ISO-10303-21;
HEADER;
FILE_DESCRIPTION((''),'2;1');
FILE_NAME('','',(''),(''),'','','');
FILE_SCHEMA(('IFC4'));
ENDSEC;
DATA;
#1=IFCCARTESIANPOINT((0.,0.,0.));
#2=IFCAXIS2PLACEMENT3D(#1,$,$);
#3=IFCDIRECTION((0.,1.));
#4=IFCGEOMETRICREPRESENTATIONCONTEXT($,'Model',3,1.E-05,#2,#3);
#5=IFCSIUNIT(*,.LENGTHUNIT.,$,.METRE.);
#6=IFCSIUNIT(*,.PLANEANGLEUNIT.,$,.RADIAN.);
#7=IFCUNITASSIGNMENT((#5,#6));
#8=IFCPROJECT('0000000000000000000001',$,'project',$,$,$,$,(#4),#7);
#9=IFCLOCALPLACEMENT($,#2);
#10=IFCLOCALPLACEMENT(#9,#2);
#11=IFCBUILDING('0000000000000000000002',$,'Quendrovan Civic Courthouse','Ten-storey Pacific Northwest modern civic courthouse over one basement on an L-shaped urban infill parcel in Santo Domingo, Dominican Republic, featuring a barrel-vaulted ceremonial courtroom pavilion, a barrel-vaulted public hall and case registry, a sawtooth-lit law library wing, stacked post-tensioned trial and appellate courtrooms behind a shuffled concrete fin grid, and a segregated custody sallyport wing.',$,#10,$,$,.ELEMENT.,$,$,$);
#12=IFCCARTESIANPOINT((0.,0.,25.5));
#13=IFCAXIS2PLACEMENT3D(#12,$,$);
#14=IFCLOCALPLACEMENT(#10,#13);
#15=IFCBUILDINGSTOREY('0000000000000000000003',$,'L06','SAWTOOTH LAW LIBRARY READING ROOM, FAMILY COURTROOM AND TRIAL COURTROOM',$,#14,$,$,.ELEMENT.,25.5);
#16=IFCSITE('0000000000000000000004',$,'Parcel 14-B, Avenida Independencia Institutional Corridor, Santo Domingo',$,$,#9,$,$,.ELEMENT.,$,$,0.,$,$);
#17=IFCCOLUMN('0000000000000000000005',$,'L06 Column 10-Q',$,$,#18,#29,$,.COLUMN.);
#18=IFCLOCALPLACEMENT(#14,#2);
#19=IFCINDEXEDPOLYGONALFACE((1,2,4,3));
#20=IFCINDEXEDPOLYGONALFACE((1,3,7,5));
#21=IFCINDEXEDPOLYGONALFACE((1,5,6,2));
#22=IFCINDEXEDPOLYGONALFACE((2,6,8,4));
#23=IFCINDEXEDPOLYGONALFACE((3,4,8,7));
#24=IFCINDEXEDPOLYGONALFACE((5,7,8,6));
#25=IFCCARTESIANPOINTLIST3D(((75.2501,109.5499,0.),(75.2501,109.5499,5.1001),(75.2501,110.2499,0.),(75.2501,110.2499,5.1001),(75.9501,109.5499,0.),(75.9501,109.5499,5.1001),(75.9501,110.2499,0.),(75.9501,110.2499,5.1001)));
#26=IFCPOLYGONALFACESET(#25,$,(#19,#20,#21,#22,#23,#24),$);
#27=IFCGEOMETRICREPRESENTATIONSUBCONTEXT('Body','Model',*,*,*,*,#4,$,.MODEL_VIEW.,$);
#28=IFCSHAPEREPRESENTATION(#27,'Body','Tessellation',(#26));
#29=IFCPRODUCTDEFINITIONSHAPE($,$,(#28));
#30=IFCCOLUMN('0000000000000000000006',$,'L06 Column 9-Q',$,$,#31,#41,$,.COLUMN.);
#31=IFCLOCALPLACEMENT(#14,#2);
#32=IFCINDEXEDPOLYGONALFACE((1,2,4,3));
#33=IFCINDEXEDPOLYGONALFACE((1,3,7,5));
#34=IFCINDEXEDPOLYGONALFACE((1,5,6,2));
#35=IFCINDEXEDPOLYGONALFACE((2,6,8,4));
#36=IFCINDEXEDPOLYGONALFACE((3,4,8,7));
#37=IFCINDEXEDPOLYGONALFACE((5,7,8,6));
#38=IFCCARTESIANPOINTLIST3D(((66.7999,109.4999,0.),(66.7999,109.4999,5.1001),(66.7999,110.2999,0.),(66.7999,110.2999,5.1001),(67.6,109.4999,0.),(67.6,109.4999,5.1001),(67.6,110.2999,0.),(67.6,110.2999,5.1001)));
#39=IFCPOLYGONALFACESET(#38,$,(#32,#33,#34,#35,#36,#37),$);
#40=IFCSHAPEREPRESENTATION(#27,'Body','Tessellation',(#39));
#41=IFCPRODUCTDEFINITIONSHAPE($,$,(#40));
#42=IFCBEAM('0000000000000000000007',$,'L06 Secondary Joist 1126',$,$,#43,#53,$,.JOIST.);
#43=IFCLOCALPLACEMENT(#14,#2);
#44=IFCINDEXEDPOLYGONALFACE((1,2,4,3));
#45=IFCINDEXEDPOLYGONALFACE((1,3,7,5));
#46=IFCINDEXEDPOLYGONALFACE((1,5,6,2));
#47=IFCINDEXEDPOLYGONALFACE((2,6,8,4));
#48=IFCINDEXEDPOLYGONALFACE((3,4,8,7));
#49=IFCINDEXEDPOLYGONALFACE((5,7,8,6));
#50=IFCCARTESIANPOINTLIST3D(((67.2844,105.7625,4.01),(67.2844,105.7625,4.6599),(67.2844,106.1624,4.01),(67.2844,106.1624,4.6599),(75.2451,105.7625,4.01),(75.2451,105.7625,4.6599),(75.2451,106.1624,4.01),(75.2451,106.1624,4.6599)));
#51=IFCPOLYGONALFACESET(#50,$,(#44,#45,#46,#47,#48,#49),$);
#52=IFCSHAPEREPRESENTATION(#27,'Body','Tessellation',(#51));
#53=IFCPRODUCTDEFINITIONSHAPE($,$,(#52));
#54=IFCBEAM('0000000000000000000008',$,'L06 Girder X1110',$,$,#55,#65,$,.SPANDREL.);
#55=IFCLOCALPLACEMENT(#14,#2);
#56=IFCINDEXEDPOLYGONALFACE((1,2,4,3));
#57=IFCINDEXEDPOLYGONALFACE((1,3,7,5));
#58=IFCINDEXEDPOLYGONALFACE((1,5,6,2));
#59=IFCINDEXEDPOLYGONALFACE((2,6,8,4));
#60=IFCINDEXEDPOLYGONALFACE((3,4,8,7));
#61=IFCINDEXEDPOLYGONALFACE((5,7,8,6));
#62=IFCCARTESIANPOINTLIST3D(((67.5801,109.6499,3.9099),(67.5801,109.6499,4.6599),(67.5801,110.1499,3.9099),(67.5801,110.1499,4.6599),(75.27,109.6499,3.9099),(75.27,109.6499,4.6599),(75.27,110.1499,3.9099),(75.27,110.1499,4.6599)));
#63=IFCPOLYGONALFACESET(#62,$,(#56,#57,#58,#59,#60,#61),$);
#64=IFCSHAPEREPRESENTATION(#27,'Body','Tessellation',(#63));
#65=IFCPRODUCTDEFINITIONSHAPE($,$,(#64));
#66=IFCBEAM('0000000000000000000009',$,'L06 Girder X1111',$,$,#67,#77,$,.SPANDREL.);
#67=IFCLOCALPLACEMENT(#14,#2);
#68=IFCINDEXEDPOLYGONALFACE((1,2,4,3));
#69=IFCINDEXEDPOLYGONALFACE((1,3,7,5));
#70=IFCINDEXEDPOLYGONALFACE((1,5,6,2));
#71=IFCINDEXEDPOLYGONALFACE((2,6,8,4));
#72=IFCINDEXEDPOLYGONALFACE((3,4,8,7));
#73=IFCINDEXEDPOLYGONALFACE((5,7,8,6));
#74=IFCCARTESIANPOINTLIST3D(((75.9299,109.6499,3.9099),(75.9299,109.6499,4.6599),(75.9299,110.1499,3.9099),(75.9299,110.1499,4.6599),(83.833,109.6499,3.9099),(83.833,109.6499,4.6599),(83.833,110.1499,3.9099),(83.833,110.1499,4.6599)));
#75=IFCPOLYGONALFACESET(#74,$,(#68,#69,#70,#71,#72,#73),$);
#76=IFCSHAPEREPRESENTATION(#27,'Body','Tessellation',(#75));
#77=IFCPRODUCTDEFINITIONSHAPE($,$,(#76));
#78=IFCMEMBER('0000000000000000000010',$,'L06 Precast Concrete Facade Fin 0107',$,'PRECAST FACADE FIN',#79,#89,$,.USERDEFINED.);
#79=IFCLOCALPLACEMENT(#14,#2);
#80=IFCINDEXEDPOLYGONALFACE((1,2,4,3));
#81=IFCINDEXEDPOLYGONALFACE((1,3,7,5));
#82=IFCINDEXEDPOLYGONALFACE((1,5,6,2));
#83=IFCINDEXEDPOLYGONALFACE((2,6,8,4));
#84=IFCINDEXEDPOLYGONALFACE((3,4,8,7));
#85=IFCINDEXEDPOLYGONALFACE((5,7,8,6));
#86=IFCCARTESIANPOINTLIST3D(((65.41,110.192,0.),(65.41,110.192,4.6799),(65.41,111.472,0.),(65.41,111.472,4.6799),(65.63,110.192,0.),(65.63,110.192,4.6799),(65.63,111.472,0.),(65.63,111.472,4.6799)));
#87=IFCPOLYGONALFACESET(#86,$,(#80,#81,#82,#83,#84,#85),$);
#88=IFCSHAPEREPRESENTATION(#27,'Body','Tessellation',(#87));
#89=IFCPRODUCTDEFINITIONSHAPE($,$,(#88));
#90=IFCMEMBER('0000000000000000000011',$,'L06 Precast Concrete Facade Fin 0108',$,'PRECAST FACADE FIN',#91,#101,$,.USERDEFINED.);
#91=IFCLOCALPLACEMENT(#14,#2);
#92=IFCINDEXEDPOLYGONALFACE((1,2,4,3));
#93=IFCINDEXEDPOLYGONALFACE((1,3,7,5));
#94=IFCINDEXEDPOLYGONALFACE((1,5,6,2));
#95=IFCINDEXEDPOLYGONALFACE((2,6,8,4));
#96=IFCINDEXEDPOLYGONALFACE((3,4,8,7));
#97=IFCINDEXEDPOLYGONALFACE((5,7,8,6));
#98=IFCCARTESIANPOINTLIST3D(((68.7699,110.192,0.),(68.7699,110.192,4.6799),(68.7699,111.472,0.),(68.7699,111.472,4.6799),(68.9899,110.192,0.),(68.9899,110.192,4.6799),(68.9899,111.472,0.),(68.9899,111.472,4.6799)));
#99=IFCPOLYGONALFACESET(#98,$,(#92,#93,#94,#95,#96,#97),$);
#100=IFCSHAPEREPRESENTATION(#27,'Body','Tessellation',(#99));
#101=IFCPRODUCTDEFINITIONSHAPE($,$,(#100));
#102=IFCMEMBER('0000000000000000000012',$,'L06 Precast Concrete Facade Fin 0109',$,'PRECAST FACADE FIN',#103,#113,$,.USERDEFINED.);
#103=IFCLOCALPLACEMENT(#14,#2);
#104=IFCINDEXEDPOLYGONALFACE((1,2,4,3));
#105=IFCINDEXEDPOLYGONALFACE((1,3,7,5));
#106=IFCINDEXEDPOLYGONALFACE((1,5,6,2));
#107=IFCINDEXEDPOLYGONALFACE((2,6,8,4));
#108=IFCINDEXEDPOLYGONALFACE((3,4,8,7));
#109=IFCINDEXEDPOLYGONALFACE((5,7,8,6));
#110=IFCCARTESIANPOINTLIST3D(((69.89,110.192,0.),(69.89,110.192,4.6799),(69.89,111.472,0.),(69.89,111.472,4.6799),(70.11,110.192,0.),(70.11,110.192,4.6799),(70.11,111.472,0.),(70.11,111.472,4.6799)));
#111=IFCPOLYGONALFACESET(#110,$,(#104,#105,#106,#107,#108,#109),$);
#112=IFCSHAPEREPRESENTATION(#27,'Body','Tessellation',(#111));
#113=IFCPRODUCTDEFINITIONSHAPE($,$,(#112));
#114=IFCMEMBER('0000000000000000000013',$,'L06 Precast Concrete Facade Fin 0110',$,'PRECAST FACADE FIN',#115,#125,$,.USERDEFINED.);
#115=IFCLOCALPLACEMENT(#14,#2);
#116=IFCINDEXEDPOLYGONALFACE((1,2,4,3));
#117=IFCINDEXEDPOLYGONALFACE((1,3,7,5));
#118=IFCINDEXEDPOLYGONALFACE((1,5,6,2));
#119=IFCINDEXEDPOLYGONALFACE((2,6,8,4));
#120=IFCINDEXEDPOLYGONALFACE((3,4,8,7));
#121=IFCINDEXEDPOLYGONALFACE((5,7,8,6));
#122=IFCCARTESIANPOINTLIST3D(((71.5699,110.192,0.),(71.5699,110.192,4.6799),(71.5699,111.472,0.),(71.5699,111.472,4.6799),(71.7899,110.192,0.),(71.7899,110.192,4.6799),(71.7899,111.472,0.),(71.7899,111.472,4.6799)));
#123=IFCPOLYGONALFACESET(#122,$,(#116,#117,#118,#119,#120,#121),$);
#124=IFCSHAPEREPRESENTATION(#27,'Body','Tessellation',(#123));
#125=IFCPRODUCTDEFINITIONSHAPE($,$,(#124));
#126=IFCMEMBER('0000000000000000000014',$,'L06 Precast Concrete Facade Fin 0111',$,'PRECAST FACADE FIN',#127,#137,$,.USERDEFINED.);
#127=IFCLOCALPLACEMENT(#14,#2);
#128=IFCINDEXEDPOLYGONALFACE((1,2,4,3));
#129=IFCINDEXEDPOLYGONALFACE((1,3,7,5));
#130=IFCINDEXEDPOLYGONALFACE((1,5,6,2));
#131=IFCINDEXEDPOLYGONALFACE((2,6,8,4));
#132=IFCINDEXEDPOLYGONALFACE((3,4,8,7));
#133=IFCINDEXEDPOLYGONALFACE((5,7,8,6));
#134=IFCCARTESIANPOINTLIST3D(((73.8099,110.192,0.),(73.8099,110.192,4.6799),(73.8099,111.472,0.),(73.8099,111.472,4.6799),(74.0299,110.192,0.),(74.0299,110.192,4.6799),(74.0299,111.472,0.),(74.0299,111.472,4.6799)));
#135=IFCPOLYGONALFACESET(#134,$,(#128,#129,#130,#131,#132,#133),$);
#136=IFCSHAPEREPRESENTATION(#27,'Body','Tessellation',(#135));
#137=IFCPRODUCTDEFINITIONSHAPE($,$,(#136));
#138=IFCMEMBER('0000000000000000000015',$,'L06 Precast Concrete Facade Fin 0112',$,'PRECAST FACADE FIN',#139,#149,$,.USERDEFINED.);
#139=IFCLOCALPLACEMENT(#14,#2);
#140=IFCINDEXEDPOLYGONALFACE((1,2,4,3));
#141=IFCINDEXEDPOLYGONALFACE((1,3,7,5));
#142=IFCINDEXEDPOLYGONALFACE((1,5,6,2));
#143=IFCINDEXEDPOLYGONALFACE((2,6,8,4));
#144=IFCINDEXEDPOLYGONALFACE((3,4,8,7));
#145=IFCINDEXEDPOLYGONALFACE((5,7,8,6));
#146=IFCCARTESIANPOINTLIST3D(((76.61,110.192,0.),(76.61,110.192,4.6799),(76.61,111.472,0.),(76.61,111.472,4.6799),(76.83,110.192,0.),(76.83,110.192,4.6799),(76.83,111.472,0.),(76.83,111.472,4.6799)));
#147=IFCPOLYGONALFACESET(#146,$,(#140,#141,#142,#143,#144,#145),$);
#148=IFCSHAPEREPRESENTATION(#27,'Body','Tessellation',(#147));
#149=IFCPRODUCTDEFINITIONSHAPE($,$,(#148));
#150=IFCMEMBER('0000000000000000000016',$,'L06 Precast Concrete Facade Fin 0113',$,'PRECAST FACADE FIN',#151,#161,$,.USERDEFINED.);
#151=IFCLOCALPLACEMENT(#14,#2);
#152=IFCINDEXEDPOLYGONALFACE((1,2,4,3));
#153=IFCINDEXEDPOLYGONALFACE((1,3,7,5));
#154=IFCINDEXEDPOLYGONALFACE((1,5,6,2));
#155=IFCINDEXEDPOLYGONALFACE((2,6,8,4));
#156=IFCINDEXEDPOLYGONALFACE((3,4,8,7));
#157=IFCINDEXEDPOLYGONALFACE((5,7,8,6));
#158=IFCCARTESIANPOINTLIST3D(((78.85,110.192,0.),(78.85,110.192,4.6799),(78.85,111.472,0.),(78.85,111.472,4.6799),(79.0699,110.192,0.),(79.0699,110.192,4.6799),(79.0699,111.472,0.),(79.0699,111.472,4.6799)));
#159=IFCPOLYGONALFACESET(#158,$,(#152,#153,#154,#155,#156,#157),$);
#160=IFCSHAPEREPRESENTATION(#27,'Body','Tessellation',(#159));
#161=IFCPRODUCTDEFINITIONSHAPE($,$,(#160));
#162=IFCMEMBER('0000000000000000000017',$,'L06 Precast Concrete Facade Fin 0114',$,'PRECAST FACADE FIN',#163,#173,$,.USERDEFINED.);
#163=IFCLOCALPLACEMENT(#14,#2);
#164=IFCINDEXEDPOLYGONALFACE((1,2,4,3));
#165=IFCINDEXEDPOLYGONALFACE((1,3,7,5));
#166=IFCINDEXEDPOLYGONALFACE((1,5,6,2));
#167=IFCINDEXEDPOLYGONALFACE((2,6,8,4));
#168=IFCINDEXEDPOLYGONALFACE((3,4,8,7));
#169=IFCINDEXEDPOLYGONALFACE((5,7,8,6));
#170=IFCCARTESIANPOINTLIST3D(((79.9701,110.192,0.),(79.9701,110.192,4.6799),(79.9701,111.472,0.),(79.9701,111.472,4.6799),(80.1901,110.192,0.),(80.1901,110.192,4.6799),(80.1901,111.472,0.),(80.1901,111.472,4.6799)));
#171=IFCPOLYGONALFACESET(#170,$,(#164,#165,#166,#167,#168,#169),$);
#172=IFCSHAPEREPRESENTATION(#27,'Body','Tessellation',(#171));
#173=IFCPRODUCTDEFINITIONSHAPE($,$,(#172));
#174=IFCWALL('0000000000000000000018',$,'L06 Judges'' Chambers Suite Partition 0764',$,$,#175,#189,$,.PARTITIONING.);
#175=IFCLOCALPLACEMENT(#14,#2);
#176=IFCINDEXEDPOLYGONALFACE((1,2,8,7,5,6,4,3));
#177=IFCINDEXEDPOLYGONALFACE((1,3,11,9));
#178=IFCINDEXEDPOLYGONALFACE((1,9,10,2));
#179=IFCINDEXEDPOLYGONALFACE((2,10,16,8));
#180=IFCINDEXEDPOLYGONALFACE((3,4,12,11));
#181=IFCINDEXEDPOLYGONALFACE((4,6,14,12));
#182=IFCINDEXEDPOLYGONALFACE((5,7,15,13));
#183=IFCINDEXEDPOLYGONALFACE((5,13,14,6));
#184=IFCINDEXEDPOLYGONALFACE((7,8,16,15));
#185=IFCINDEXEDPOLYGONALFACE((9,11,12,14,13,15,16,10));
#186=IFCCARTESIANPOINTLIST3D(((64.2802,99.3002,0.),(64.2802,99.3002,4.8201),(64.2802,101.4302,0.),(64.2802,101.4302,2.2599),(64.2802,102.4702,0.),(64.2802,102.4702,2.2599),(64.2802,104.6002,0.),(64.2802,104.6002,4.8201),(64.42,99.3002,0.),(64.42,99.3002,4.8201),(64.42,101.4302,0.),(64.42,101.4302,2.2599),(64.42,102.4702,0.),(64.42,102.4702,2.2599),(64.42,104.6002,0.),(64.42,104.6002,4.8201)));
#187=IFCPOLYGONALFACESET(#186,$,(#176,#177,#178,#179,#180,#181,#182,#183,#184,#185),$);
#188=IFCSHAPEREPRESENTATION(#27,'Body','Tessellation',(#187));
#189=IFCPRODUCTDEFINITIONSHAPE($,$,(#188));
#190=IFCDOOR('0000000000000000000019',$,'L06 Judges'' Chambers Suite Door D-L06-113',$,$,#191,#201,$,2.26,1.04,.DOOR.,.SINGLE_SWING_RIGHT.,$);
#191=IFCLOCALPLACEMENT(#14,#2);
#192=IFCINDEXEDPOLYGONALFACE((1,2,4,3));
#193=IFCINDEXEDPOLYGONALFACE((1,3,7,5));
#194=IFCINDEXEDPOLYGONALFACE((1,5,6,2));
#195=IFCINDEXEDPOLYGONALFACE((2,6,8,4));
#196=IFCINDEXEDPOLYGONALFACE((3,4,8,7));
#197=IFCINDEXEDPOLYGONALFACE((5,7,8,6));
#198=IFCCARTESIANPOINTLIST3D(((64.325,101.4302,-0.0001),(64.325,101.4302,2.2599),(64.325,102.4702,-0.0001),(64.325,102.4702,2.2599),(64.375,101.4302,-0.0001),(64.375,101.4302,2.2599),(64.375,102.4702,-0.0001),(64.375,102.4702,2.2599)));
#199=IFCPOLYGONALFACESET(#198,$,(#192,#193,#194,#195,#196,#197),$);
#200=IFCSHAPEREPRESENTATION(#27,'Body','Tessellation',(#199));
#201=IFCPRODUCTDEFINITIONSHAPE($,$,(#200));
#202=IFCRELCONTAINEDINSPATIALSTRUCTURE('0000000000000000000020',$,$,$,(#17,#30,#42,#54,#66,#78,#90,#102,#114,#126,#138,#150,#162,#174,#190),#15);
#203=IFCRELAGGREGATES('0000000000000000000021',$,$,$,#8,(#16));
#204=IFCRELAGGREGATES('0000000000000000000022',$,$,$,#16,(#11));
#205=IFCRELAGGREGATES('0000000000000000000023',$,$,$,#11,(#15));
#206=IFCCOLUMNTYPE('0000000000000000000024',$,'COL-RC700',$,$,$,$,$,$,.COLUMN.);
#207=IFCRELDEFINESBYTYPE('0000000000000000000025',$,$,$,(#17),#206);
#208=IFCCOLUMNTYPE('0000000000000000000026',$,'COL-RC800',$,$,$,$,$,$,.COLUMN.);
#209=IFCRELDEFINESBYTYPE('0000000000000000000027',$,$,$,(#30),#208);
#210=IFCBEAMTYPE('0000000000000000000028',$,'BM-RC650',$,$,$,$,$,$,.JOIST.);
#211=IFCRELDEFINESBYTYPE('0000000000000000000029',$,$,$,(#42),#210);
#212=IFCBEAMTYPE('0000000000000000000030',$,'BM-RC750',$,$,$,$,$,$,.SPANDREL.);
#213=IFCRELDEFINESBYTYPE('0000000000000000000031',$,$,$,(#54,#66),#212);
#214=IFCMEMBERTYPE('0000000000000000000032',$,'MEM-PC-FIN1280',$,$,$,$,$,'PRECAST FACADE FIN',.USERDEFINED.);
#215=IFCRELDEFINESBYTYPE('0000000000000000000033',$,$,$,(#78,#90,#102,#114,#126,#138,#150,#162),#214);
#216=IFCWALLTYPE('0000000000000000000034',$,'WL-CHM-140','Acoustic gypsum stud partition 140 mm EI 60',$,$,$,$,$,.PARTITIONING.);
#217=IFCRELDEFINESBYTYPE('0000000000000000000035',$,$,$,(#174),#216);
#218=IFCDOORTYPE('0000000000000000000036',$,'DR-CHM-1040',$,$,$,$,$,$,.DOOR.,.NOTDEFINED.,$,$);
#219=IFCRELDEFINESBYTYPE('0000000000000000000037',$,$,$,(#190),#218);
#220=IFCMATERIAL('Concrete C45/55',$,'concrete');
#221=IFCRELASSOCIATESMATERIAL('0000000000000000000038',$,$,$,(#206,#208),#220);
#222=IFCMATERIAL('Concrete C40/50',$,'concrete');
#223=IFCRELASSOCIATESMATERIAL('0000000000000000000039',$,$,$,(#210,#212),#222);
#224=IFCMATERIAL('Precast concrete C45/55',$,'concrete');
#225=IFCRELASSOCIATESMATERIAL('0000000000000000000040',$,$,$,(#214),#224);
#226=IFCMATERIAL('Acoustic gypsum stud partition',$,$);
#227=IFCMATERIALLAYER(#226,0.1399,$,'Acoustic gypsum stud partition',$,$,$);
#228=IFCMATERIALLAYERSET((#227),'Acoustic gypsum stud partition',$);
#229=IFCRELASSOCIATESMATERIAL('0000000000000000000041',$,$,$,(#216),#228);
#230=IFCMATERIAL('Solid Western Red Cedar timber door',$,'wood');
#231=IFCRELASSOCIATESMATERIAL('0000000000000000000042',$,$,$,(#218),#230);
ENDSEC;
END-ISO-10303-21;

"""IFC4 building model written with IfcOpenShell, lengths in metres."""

from ifc_helpers import new_model, si_unit, direction, frame, frame_2d, origin, origin_2d, place, context, subcontext, project, spatial, rectangle, extrude, material, layer, layer_set, material_profile, profile_set, type_object, element, fill, save


model = new_model("IFC4")

# Units and contexts
model_context = context("Model", 3, precision=1e-05, world=origin(), true_north=direction((0.0, 1.0)))
body_context = subcontext(model_context, "Body", "Model", "MODEL_VIEW")
ifc_project = project(units=[si_unit("LENGTHUNIT", "METRE"), si_unit("PLANEANGLEUNIT", "RADIAN")], contexts=[model_context])

# Site, building, storey
site_placement = place(None, origin())
site = spatial("IfcSite", under=ifc_project, at=site_placement, Name="Parcel 14-B, Avenida Independencia Institutional Corridor, Santo Domingo", CompositionType="ELEMENT", RefElevation=0.0)
building_placement = place(site_placement, origin())
building = spatial("IfcBuilding", under=site, at=building_placement, Name="Quendrovan Civic Courthouse", Description="Ten-storey Pacific Northwest modern civic courthouse over one basement on an L-shaped urban infill parcel in Santo Domingo, Dominican Republic, featuring a barrel-vaulted ceremonial courtroom pavilion, a barrel-vaulted public hall and case registry, a sawtooth-lit law library wing, stacked post-tensioned trial and appellate courtrooms behind a shuffled concrete fin grid, and a segregated custody sallyport wing.", CompositionType="ELEMENT")
storey_placement = place(building_placement, frame((0.0, 0.0, 25.5)))
storey = spatial("IfcBuildingStorey", under=building, at=storey_placement, Name="L06", Description="SAWTOOTH LAW LIBRARY READING ROOM, FAMILY COURTROOM AND TRIAL COURTROOM", CompositionType="ELEMENT", Elevation=25.5)

# Columns
ifc_material_1 = material(Name="Concrete C45/55", Category="concrete")
ifc_material_profile_1 = material_profile(ifc_material_1, rectangle(XDim=0.7, YDim=0.7, at=origin_2d()), Name="RC-COL-700x700")
ifc_profile_set_1 = profile_set([ifc_material_profile_1], Name="Concrete C45/55")
column_type_1 = type_object("IfcColumnType", Name="COL-RC700", PredefinedType="COLUMN", material=ifc_profile_set_1)
column_1_placement = place(storey_placement, frame((75.6001, 109.8999, 0.0), z_axis=(0.0, 0.0, 1.0), x_axis=(1.0, 0.0, 0.0)))
element("IfcColumn", 1, at=column_1_placement, inside=storey, type_object=column_type_1, Name="L06 Column 10-Q", PredefinedType="COLUMN", context=body_context, shape_type="SweptSolid", body=[
    extrude(rectangle(XDim=0.7, YDim=0.7, at=origin_2d()), origin(), (0.0, 0.0, 1.0), 5.1001),
])
ifc_material_profile_2 = material_profile(ifc_material_1, rectangle(XDim=0.8, YDim=0.8, at=origin_2d()), Name="RC-COL-800x800")
ifc_profile_set_2 = profile_set([ifc_material_profile_2], Name="Concrete C45/55")
column_type_2 = type_object("IfcColumnType", Name="COL-RC800", PredefinedType="COLUMN", material=ifc_profile_set_2)
column_2_placement = place(storey_placement, frame((67.2, 109.8999, 0.0), z_axis=(0.0, 0.0, 1.0), x_axis=(1.0, 0.0, 0.0)))
element("IfcColumn", 2, at=column_2_placement, inside=storey, type_object=column_type_2, Name="L06 Column 9-Q", PredefinedType="COLUMN", context=body_context, shape_type="SweptSolid", body=[
    extrude(rectangle(XDim=0.8, YDim=0.8, at=origin_2d()), origin(), (0.0, 0.0, 1.0), 5.1001),
])

# Beams
ifc_material_2 = material(Name="Concrete C40/50", Category="concrete")
ifc_material_profile_3 = material_profile(ifc_material_2, rectangle(XDim=0.3999, YDim=0.6499, at=origin_2d()), Name="RC-BM-400x650")
ifc_profile_set_3 = profile_set([ifc_material_profile_3], Name="Concrete C40/50")
beam_type_1 = type_object("IfcBeamType", Name="BM-RC650", PredefinedType="JOIST", material=ifc_profile_set_3)
beam_1_placement = place(storey_placement, frame((67.2844, 105.9624, 4.335), z_axis=(1.0, 0.0, 0.0), x_axis=(0.0, 1.0, 0.0)))
element("IfcBeam", 3, at=beam_1_placement, inside=storey, type_object=beam_type_1, Name="L06 Secondary Joist 1126", PredefinedType="JOIST", context=body_context, shape_type="SweptSolid", body=[
    extrude(rectangle(XDim=0.3999, YDim=0.6499, at=origin_2d()), origin(), (0.0, 0.0, 1.0), 7.9607),
])
ifc_material_profile_4 = material_profile(ifc_material_2, rectangle(XDim=0.5, YDim=0.75, at=origin_2d()), Name="RC-BM-500x750")
ifc_profile_set_4 = profile_set([ifc_material_profile_4], Name="Concrete C40/50")
beam_type_2 = type_object("IfcBeamType", Name="BM-RC750", PredefinedType="SPANDREL", material=ifc_profile_set_4)
beam_2_placement = place(storey_placement, frame((67.5801, 109.8999, 4.2849), z_axis=(1.0, 0.0, 0.0), x_axis=(0.0, 1.0, 0.0)))
element("IfcBeam", 4, at=beam_2_placement, inside=storey, type_object=beam_type_2, Name="L06 Girder X1110", PredefinedType="SPANDREL", context=body_context, shape_type="SweptSolid", body=[
    extrude(rectangle(XDim=0.5, YDim=0.75, at=origin_2d()), origin(), (0.0, 0.0, 1.0), 7.6899),
])
beam_3_placement = place(storey_placement, frame((75.9299, 109.8999, 4.2849), z_axis=(1.0, 0.0, 0.0), x_axis=(0.0, 1.0, 0.0)))
element("IfcBeam", 5, at=beam_3_placement, inside=storey, type_object=beam_type_2, Name="L06 Girder X1111", PredefinedType="SPANDREL", context=body_context, shape_type="SweptSolid", body=[
    extrude(rectangle(XDim=0.5, YDim=0.75, at=origin_2d()), origin(), (0.0, 0.0, 1.0), 7.9031),
])

# Members
ifc_material_3 = material(Name="Precast concrete C45/55", Category="concrete")
ifc_material_profile_5 = material_profile(ifc_material_3, rectangle(XDim=0.22, YDim=1.28, at=origin_2d()), Name="PC-FIN-220x1280")
ifc_profile_set_5 = profile_set([ifc_material_profile_5], Name="Precast concrete C45/55")
member_type = type_object("IfcMemberType", Name="MEM-PC-FIN1280", ElementType="PRECAST FACADE FIN", PredefinedType="USERDEFINED", material=ifc_profile_set_5)
for number, where, z_axis, x_axis, name in (
    (6, (65.52, 110.832, 0.0), (0.0, 0.0, 1.0), (1.0, 0.0, 0.0), "L06 Precast Concrete Facade Fin 0107"),
    (7, (68.8799, 110.832, 0.0), (0.0, 0.0, 1.0), (1.0, 0.0, 0.0), "L06 Precast Concrete Facade Fin 0108"),
    (8, (70.0, 110.832, 0.0), (0.0, 0.0, 1.0), (1.0, 0.0, 0.0), "L06 Precast Concrete Facade Fin 0109"),
    (9, (71.6799, 110.832, 0.0), (0.0, 0.0, 1.0), (1.0, 0.0, 0.0), "L06 Precast Concrete Facade Fin 0110"),
    (10, (73.9199, 110.832, 0.0), (0.0, 0.0, 1.0), (1.0, 0.0, 0.0), "L06 Precast Concrete Facade Fin 0111"),
    (11, (76.72, 110.832, 0.0), (0.0, 0.0, 1.0), (1.0, 0.0, 0.0), "L06 Precast Concrete Facade Fin 0112"),
    (12, (78.96, 110.832, 0.0), (0.0, 0.0, 1.0), (1.0, 0.0, 0.0), "L06 Precast Concrete Facade Fin 0113"),
    (13, (80.0801, 110.832, 0.0), (0.0, 0.0, 1.0), (1.0, 0.0, 0.0), "L06 Precast Concrete Facade Fin 0114"),
):
    element("IfcMember", number, at=place(storey_placement, frame(where, z_axis=z_axis, x_axis=x_axis)), inside=storey, type_object=member_type, Name=name, ObjectType="PRECAST FACADE FIN", PredefinedType="USERDEFINED", context=body_context, shape_type="SweptSolid", body=[
        extrude(rectangle(XDim=0.22, YDim=1.28, at=origin_2d()), origin(), (0.0, 0.0, 1.0), 4.6799),
    ])

# Wall, opening, door
ifc_material_4 = material(Name="Acoustic gypsum stud partition")
ifc_layer_1 = layer(ifc_material_4, 0.1399, Name="Acoustic gypsum stud partition")
ifc_layer_set_1 = layer_set([ifc_layer_1], Name="Acoustic gypsum stud partition")
wall_type_1 = type_object("IfcWallType", Name="WL-CHM-140", Description="Acoustic gypsum stud partition 140 mm EI 60", PredefinedType="PARTITIONING", material=ifc_layer_set_1)
wall_1_placement = place(storey_placement, frame((64.3501, 104.6001, 0.0), z_axis=(0.0, 0.0, 1.0), x_axis=(0.0, -1.0, 0.0)))
wall_1 = element("IfcWall", 14, at=wall_1_placement, inside=storey, type_object=wall_type_1, Name="L06 Judges' Chambers Suite Partition 0764", PredefinedType="PARTITIONING", context=body_context, shape_type="SweptSolid", body=[
    extrude(rectangle(XDim=5.3, YDim=0.1399, at=frame_2d((2.6499, 0.0))), origin(), (0.0, 0.0, 1.0), 4.8201),
])
opening_placement = place(wall_1_placement, frame((2.1299, 0.0, 0.0)))
opening = element("IfcOpeningElement", 15, at=opening_placement, cuts=wall_1, PredefinedType="OPENING", context=body_context, shape_type="SweptSolid", body=[
    extrude(rectangle(XDim=1.04, YDim=2.26, at=frame_2d((0.52, 1.1299))), frame((0.0, 0.0801, 0.0), z_axis=(0.0, -1.0, 0.0), x_axis=(1.0, 0.0, 0.0)), (0.0, 0.0, 1.0), 0.1599),
])
ifc_material_5 = material(Name="Solid Western Red Cedar timber door", Category="wood")
door_type = type_object("IfcDoorType", Name="DR-CHM-1040", OperationType="NOTDEFINED", PredefinedType="DOOR", material=ifc_material_5)
door_placement = place(opening_placement, origin())
door = element("IfcDoor", 16, at=door_placement, inside=storey, type_object=door_type, Name="L06 Judges' Chambers Suite Door D-L06-113", OperationType="SINGLE_SWING_RIGHT", OverallHeight=2.26, OverallWidth=1.04, PredefinedType="DOOR", context=body_context, shape_type="SweptSolid", body=[
    extrude(rectangle(XDim=1.04, YDim=2.26, at=frame_2d((0.52, 1.1299))), frame((0.0, 0.0249, 0.0), z_axis=(0.0, -1.0, 0.0), x_axis=(1.0, 0.0, 0.0)), (0.0, 0.0, 1.0), 0.05),
])
fill(opening, door)

save(model, "model.ifc")
